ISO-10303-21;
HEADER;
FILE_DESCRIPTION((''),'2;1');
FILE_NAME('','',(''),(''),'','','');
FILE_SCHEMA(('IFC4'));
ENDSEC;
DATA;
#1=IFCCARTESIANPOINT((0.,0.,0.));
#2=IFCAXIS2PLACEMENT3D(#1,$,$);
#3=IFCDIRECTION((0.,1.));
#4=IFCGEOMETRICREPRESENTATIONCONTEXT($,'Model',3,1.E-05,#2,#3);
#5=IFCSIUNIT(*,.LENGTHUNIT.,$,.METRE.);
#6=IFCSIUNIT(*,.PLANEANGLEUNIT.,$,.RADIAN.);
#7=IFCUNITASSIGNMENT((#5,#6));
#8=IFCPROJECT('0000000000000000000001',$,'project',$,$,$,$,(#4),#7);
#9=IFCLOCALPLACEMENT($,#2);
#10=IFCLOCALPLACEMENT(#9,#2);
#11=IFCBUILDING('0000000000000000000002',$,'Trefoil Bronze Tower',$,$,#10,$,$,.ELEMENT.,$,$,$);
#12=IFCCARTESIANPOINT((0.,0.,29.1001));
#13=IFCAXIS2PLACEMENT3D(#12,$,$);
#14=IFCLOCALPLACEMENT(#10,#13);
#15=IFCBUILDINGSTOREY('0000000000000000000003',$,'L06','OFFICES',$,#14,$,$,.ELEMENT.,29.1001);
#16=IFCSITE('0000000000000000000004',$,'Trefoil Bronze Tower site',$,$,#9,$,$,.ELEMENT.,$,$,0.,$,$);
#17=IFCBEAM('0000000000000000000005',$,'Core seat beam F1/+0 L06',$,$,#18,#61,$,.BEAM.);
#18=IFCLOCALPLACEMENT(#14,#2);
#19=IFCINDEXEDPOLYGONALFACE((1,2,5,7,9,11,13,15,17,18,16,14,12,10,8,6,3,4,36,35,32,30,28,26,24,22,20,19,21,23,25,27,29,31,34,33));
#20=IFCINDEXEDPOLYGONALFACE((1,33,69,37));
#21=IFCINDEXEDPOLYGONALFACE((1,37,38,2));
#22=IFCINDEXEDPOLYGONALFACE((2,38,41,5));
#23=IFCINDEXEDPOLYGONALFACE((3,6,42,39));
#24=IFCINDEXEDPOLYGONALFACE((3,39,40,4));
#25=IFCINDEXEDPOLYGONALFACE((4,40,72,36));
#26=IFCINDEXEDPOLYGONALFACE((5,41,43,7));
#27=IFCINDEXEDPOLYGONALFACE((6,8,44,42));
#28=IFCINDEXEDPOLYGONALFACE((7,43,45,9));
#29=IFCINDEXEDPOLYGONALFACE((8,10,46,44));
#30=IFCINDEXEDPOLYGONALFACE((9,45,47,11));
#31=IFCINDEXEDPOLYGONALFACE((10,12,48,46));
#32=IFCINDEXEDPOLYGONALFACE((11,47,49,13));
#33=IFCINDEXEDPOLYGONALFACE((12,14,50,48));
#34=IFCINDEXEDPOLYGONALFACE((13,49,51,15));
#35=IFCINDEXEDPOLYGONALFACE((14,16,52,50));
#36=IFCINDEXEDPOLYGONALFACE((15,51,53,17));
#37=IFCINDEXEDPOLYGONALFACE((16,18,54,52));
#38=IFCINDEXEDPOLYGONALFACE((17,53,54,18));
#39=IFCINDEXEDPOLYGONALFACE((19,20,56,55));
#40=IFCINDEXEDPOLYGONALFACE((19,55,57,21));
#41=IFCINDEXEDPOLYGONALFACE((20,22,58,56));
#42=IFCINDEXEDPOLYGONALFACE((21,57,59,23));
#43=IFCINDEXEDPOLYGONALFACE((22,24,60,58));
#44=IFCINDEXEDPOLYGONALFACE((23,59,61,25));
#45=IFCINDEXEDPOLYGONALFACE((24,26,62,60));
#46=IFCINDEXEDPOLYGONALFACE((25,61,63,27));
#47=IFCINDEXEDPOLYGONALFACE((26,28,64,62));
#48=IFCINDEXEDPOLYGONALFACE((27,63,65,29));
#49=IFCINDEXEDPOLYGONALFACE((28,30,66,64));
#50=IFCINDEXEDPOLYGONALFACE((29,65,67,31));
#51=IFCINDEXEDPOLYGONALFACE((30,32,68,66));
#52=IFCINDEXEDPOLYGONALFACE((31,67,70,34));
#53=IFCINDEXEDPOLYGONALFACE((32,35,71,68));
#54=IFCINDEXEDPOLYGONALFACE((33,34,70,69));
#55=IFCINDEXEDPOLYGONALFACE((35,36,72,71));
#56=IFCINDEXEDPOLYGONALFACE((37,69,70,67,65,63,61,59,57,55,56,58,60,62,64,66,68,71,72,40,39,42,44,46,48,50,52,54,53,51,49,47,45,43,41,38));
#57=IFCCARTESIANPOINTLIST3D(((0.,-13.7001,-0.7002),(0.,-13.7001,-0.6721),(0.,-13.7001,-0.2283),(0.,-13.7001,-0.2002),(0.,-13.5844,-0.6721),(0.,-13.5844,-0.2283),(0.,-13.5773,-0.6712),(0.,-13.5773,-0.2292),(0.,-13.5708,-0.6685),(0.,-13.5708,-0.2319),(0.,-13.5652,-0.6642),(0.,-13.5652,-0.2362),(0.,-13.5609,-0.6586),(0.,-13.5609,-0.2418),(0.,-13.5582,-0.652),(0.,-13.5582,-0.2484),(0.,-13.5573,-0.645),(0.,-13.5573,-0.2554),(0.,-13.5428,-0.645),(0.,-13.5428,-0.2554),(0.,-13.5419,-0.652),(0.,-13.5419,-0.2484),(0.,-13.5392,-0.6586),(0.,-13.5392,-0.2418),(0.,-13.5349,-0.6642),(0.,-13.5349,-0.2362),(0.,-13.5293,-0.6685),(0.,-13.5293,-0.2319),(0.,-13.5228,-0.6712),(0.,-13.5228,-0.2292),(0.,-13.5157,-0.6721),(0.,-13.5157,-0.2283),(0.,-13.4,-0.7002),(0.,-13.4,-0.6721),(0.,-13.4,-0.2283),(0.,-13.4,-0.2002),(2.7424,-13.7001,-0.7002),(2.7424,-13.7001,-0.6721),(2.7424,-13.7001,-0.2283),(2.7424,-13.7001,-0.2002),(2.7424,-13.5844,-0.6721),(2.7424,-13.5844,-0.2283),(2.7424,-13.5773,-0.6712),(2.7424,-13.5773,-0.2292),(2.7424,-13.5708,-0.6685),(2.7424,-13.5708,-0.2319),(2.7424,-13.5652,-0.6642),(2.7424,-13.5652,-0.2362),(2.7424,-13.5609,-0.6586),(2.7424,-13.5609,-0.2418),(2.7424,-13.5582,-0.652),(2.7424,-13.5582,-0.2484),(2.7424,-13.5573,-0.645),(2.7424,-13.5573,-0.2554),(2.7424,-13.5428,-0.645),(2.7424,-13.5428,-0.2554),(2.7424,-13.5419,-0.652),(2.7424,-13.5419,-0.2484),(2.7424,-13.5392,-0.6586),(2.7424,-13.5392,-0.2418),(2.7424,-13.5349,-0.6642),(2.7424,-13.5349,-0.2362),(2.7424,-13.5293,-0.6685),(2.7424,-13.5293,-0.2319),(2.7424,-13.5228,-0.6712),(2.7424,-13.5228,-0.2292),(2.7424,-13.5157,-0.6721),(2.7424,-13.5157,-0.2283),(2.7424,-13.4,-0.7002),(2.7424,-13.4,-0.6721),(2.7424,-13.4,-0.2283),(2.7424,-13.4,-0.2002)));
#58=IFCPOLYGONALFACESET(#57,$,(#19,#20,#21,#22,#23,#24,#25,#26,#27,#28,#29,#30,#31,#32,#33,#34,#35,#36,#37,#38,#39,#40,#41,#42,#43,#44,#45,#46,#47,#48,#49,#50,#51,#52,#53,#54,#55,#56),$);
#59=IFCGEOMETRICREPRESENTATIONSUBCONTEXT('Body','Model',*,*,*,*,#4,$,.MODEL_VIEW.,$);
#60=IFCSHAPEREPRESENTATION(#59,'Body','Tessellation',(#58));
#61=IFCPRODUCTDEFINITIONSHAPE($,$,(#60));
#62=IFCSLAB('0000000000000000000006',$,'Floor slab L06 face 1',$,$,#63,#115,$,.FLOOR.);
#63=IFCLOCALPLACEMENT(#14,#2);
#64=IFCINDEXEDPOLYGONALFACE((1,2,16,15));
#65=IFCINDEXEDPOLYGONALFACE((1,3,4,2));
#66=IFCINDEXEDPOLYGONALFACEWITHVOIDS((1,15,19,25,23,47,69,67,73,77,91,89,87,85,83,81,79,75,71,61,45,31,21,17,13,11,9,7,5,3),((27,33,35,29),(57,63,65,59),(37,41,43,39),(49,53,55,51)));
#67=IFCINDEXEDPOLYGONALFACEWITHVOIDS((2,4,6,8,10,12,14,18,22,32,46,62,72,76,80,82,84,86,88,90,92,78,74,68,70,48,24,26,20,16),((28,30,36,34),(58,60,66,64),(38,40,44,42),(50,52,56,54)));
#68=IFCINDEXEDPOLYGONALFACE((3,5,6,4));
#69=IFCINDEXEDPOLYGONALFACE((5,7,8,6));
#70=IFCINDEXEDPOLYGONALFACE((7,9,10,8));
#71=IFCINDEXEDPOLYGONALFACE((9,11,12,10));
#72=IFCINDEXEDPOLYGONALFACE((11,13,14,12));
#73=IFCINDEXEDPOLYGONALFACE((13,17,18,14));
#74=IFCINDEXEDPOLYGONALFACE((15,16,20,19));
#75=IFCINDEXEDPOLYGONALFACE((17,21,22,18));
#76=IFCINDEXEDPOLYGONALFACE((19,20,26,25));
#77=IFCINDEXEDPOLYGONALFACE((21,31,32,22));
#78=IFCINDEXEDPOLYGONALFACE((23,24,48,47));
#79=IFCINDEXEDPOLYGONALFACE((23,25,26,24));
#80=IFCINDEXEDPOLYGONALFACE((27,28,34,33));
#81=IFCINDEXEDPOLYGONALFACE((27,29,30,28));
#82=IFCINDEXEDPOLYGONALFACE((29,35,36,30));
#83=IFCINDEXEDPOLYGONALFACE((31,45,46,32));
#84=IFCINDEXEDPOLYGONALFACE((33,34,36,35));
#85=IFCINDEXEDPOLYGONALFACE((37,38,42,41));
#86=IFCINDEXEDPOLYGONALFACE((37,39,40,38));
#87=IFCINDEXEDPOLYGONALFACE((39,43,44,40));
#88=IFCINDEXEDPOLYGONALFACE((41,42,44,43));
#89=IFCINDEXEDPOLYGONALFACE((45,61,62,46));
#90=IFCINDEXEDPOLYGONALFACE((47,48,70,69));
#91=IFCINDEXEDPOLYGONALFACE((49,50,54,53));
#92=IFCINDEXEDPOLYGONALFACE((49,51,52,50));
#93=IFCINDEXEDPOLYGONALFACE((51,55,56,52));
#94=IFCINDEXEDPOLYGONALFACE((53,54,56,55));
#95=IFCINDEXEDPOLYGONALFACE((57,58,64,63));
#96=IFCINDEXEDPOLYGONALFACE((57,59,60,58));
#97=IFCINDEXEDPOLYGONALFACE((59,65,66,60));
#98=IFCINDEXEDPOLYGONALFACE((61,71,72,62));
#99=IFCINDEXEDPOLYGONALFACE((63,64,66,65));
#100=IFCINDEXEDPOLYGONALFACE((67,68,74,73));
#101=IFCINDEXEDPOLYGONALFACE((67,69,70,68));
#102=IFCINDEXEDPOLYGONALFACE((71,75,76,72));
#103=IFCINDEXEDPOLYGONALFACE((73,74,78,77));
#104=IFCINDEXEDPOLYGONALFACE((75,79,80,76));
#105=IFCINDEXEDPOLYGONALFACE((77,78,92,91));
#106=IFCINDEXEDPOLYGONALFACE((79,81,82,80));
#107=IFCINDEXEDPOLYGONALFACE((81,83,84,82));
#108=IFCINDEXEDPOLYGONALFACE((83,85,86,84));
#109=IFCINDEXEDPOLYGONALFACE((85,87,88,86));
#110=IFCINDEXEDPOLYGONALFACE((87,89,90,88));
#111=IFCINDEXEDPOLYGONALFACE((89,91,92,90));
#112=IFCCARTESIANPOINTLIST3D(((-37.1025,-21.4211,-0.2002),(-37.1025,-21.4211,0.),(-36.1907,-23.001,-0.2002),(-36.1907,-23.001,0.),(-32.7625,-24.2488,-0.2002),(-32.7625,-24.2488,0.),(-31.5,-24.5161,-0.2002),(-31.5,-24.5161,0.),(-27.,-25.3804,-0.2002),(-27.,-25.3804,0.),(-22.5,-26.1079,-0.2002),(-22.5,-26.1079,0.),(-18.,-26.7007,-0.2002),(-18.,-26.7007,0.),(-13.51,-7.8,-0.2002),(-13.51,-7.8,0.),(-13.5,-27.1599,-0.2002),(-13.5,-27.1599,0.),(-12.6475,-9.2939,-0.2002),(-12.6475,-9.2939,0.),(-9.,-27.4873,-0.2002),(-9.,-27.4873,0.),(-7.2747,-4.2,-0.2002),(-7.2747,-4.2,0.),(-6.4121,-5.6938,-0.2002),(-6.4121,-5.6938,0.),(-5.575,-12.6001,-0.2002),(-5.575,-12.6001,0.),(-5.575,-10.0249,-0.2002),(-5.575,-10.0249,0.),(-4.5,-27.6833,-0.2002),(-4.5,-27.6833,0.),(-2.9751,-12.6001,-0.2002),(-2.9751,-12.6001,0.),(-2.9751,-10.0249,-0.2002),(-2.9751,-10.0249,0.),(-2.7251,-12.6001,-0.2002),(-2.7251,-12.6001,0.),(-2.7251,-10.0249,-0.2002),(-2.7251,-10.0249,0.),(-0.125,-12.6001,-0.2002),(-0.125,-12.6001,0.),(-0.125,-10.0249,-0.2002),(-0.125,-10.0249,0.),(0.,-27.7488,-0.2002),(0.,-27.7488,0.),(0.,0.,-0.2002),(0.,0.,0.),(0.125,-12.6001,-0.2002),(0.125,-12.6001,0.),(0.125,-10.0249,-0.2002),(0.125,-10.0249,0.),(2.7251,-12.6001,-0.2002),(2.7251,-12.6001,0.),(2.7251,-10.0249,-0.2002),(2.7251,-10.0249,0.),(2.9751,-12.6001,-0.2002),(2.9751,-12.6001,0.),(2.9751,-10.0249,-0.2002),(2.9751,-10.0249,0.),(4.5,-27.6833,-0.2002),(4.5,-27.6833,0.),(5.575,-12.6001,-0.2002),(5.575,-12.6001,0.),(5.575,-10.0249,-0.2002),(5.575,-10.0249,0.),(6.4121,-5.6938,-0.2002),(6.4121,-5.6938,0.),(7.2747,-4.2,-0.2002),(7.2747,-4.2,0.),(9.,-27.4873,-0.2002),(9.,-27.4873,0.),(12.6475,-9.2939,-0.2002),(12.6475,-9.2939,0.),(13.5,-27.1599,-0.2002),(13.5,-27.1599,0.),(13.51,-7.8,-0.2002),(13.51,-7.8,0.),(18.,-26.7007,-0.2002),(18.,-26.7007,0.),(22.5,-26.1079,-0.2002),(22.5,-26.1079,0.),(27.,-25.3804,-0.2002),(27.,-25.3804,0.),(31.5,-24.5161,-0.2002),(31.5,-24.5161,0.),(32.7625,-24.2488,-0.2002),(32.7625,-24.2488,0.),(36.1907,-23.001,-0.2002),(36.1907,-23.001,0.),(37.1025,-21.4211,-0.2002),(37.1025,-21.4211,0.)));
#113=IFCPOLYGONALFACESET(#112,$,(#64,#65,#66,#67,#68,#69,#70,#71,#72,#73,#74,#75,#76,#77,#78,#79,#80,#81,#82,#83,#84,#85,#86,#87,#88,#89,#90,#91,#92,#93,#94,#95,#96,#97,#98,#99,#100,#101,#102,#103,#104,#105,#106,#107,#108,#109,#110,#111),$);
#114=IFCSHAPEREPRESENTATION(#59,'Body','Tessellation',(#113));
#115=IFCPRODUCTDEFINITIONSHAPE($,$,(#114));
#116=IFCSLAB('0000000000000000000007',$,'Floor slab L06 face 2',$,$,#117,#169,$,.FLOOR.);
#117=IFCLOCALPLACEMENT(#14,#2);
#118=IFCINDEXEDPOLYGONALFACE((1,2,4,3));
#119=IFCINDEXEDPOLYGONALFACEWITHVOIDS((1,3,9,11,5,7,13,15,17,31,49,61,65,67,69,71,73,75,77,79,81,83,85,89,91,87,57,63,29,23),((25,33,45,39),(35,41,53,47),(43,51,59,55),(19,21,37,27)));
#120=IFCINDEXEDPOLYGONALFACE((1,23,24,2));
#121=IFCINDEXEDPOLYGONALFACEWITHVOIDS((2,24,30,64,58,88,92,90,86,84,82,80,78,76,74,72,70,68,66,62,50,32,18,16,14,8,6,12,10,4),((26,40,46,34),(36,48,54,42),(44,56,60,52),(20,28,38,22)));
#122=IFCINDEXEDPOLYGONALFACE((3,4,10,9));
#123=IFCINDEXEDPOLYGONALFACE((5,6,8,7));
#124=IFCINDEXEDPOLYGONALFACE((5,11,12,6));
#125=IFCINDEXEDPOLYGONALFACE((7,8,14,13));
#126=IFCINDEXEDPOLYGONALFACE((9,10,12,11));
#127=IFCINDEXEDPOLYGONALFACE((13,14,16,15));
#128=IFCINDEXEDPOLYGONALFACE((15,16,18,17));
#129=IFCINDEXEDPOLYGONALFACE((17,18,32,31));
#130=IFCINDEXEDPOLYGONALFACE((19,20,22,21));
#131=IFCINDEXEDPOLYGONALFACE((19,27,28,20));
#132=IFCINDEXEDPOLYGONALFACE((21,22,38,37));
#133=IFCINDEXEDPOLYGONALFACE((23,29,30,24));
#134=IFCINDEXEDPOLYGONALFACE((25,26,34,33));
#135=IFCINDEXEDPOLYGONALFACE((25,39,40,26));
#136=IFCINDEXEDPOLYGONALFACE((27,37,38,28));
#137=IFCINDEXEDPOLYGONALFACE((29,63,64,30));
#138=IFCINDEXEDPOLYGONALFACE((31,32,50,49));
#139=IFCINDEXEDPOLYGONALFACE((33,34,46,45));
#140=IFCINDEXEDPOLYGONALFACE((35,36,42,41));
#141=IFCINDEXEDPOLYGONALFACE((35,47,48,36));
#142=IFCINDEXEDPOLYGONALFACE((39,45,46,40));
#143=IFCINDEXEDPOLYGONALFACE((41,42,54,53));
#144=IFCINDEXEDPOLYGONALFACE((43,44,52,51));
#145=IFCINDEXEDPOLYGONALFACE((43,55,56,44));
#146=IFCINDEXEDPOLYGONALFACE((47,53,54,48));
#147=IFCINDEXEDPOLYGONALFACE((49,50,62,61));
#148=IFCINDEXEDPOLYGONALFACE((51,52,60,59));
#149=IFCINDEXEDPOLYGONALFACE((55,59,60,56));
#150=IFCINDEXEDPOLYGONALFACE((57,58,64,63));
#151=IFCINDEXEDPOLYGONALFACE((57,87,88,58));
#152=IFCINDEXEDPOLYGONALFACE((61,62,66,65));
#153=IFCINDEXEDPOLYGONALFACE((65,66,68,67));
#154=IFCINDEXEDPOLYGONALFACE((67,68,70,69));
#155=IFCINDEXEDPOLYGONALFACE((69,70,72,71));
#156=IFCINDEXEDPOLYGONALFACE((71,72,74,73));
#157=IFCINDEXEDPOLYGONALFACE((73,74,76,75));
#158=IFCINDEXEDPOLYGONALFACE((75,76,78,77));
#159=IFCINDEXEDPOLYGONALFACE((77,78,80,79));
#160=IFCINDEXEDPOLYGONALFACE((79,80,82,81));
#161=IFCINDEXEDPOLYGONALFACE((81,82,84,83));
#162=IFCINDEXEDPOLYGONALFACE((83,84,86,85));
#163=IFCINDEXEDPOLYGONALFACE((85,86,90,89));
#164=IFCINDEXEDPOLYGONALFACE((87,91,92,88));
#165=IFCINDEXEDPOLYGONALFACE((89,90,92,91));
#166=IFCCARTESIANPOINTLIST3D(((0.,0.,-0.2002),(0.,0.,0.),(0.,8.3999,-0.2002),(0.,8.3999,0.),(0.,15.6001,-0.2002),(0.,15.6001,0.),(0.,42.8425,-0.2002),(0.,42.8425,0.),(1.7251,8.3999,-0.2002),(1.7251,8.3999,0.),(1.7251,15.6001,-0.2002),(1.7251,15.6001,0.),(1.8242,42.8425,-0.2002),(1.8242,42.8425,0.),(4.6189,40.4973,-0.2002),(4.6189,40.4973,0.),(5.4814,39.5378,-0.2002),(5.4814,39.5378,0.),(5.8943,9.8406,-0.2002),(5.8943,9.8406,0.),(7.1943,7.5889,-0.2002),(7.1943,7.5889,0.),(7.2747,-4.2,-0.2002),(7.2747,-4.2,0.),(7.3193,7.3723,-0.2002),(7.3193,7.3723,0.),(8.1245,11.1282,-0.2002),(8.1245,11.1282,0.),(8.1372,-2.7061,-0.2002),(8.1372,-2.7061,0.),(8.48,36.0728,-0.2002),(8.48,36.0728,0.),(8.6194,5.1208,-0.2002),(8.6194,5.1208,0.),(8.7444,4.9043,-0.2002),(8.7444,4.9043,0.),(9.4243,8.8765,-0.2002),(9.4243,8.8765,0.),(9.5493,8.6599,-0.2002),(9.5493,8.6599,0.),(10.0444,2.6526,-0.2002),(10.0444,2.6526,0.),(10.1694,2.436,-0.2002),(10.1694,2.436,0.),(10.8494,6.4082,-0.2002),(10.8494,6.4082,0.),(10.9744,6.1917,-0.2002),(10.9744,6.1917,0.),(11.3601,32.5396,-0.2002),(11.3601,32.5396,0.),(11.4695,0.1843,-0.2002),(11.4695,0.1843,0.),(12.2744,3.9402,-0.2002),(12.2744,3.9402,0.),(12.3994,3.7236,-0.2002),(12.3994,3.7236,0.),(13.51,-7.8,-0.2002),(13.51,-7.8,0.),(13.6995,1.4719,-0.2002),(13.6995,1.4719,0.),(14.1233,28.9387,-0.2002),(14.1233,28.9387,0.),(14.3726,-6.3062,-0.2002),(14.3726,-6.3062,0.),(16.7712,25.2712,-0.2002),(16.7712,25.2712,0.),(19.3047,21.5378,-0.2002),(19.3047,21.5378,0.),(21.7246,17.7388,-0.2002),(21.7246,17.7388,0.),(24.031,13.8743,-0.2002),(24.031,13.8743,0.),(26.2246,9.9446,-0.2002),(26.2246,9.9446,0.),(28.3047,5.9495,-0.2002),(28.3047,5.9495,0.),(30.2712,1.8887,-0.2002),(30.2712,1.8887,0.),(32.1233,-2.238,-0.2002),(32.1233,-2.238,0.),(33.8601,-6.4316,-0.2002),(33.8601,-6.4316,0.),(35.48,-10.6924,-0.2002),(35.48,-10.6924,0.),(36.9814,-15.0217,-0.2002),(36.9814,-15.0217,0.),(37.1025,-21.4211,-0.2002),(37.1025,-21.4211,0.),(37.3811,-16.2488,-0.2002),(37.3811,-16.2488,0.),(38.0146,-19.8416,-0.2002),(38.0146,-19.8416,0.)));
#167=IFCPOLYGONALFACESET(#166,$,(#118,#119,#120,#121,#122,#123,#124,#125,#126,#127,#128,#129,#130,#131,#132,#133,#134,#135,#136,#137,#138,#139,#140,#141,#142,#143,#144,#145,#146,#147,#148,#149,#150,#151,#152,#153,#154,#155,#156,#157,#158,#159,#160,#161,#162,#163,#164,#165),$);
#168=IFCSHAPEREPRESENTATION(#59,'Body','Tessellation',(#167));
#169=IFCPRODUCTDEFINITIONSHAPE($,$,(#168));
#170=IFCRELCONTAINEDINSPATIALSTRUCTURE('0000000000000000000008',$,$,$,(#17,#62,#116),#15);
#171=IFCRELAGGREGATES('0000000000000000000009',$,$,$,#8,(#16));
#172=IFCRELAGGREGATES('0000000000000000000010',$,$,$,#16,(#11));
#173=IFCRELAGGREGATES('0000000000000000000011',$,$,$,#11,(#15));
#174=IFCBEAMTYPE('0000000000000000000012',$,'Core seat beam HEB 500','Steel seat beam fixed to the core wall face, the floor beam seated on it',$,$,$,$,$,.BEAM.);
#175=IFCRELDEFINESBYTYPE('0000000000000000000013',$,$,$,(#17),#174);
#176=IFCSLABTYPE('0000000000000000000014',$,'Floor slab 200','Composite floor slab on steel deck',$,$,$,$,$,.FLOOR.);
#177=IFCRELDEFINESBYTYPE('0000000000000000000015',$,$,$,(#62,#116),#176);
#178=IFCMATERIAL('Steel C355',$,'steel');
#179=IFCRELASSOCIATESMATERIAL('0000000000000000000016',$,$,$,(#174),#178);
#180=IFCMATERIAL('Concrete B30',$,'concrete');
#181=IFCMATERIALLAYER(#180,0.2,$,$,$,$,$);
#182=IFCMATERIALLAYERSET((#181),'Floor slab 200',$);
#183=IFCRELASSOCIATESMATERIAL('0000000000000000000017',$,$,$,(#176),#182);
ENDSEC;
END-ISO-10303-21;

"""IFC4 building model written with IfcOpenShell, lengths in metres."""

from ifc_helpers import new_model, si_unit, direction, frame, origin, origin_2d, place, context, subcontext, project, spatial, polyline, i_section, outline, extrude, material, layer, layer_set, material_profile, profile_set, type_object, element, save


model = new_model("IFC4")

# Units and contexts
model_context = context("Model", 3, precision=1e-05, world=origin(), true_north=direction((0.0, 1.0)))
body_context = subcontext(model_context, "Body", "Model", "MODEL_VIEW")
ifc_project = project(units=[si_unit("LENGTHUNIT", "METRE"), si_unit("PLANEANGLEUNIT", "RADIAN")], contexts=[model_context])

# Site, building, storey
site_placement = place(None, origin())
site = spatial("IfcSite", under=ifc_project, at=site_placement, Name="Trefoil Bronze Tower site", CompositionType="ELEMENT", RefElevation=0.0)
building_placement = place(site_placement, origin())
building = spatial("IfcBuilding", under=site, at=building_placement, Name="Trefoil Bronze Tower", CompositionType="ELEMENT")
storey_placement = place(building_placement, frame((0.0, 0.0, 29.1001)))
storey = spatial("IfcBuildingStorey", under=building, at=storey_placement, Name="L06", Description="OFFICES", CompositionType="ELEMENT", Elevation=29.1001)

# Beam
ifc_material_1 = material(Name="Steel C355", Category="steel")
ifc_material_profile = material_profile(ifc_material_1, i_section(OverallWidth=0.3, OverallDepth=0.5, WebThickness=0.0144, FlangeThickness=0.0281, FilletRadius=0.0271, at=origin_2d()), Name="HEB 500")
ifc_profile_set = profile_set([ifc_material_profile], Name="Steel C355")
beam_type = type_object("IfcBeamType", Name="Core seat beam HEB 500", Description="Steel seat beam fixed to the core wall face, the floor beam seated on it", PredefinedType="BEAM", material=ifc_profile_set)
beam_placement = place(storey_placement, frame((0.0, -13.55, -0.4502), z_axis=(1.0, 0.0, 0.0), x_axis=(0.0, 1.0, 0.0)))
element("IfcBeam", 1, at=beam_placement, inside=storey, type_object=beam_type, Name="Core seat beam F1/+0 L06", PredefinedType="BEAM", context=body_context, shape_type="SweptSolid", body=[
    extrude(i_section(OverallWidth=0.3, OverallDepth=0.5, WebThickness=0.0144, FlangeThickness=0.0281, FilletRadius=0.0271, at=origin_2d()), origin(), (0.0, 0.0, 1.0), 2.7424),
])

# Slabs
ifc_material_2 = material(Name="Concrete B30", Category="concrete")
ifc_layer_1 = layer(ifc_material_2, 0.2)
ifc_layer_set_1 = layer_set([ifc_layer_1], Name="Floor slab 200")
slab_type = type_object("IfcSlabType", Name="Floor slab 200", Description="Composite floor slab on steel deck", PredefinedType="FLOOR", material=ifc_layer_set_1)
slab_1_placement = place(storey_placement, frame((0.0, 0.0, -0.2002)))
element("IfcSlab", 2, at=slab_1_placement, inside=storey, type_object=slab_type, Name="Floor slab L06 face 1", PredefinedType="FLOOR", context=body_context, shape_type="SweptSolid", body=[
    extrude(outline(polyline([(27.0, -25.3804), (22.5, -26.1079), (18.0, -26.7007), (13.5, -27.1599), (9.0, -27.4873), (4.5, -27.6833), (0.0, -27.7488), (-4.5, -27.6833), (-9.0, -27.4873), (-13.5, -27.1599), (-18.0, -26.7007), (-22.5, -26.1079), (-27.0, -25.3804), (-31.5, -24.5161), (-32.7625, -24.2488), (-36.1907, -23.001), (-37.1025, -21.4211), (-13.51, -7.8), (-12.6475, -9.2939), (-6.4121, -5.6938), (-7.2747, -4.2), (0.0, 0.0), (7.2747, -4.2), (6.4121, -5.6938), (12.6475, -9.2939), (13.51, -7.8), (37.1025, -21.4211), (36.1907, -23.001), (32.7625, -24.2488), (31.5, -24.5161), (27.0, -25.3804)]), holes=[polyline([(-5.575, -10.0249), (-2.9751, -10.0249), (-2.9751, -12.6001), (-5.575, -12.6001), (-5.575, -10.0249)]), polyline([(-2.7251, -10.0249), (-0.125, -10.0249), (-0.125, -12.6001), (-2.7251, -12.6001), (-2.7251, -10.0249)]), polyline([(0.125, -10.0249), (2.7251, -10.0249), (2.7251, -12.6001), (0.125, -12.6001), (0.125, -10.0249)]), polyline([(2.9751, -10.0249), (5.575, -10.0249), (5.575, -12.6001), (2.9751, -12.6001), (2.9751, -10.0249)])]), origin(), (0.0, 0.0, 1.0), 0.2002),
])
slab_2_placement = place(storey_placement, frame((0.0, 0.0, -0.2002)))
element("IfcSlab", 3, at=slab_2_placement, inside=storey, type_object=slab_type, Name="Floor slab L06 face 2", PredefinedType="FLOOR", context=body_context, shape_type="SweptSolid", body=[
    extrude(outline(polyline([(8.48, 36.0728), (11.3601, 32.5396), (14.1233, 28.9387), (16.7712, 25.2712), (19.3047, 21.5378), (21.7246, 17.7388), (24.031, 13.8743), (26.2246, 9.9446), (28.3047, 5.9495), (30.2712, 1.8887), (32.1233, -2.238), (33.8601, -6.4316), (35.48, -10.6924), (36.9814, -15.0217), (37.3811, -16.2488), (38.0146, -19.8416), (37.1025, -21.4211), (13.51, -7.8), (14.3726, -6.3062), (8.1372, -2.7061), (7.2747, -4.2), (0.0, 0.0), (0.0, 8.3999), (1.7251, 8.3999), (1.7251, 15.6001), (0.0, 15.6001), (0.0, 42.8425), (1.8242, 42.8425), (4.6189, 40.4973), (5.4814, 39.5378), (8.48, 36.0728)]), holes=[polyline([(11.4695, 0.1843), (10.1694, 2.436), (12.3994, 3.7236), (13.6995, 1.4719), (11.4695, 0.1843)]), polyline([(10.0444, 2.6526), (8.7444, 4.9043), (10.9744, 6.1917), (12.2744, 3.9402), (10.0444, 2.6526)]), polyline([(8.6194, 5.1208), (7.3193, 7.3723), (9.5493, 8.6599), (10.8494, 6.4082), (8.6194, 5.1208)]), polyline([(7.1943, 7.5889), (5.8943, 9.8406), (8.1245, 11.1282), (9.4243, 8.8765), (7.1943, 7.5889)])]), origin(), (0.0, 0.0, 1.0), 0.2002),
])

save(model, "model.ifc")
